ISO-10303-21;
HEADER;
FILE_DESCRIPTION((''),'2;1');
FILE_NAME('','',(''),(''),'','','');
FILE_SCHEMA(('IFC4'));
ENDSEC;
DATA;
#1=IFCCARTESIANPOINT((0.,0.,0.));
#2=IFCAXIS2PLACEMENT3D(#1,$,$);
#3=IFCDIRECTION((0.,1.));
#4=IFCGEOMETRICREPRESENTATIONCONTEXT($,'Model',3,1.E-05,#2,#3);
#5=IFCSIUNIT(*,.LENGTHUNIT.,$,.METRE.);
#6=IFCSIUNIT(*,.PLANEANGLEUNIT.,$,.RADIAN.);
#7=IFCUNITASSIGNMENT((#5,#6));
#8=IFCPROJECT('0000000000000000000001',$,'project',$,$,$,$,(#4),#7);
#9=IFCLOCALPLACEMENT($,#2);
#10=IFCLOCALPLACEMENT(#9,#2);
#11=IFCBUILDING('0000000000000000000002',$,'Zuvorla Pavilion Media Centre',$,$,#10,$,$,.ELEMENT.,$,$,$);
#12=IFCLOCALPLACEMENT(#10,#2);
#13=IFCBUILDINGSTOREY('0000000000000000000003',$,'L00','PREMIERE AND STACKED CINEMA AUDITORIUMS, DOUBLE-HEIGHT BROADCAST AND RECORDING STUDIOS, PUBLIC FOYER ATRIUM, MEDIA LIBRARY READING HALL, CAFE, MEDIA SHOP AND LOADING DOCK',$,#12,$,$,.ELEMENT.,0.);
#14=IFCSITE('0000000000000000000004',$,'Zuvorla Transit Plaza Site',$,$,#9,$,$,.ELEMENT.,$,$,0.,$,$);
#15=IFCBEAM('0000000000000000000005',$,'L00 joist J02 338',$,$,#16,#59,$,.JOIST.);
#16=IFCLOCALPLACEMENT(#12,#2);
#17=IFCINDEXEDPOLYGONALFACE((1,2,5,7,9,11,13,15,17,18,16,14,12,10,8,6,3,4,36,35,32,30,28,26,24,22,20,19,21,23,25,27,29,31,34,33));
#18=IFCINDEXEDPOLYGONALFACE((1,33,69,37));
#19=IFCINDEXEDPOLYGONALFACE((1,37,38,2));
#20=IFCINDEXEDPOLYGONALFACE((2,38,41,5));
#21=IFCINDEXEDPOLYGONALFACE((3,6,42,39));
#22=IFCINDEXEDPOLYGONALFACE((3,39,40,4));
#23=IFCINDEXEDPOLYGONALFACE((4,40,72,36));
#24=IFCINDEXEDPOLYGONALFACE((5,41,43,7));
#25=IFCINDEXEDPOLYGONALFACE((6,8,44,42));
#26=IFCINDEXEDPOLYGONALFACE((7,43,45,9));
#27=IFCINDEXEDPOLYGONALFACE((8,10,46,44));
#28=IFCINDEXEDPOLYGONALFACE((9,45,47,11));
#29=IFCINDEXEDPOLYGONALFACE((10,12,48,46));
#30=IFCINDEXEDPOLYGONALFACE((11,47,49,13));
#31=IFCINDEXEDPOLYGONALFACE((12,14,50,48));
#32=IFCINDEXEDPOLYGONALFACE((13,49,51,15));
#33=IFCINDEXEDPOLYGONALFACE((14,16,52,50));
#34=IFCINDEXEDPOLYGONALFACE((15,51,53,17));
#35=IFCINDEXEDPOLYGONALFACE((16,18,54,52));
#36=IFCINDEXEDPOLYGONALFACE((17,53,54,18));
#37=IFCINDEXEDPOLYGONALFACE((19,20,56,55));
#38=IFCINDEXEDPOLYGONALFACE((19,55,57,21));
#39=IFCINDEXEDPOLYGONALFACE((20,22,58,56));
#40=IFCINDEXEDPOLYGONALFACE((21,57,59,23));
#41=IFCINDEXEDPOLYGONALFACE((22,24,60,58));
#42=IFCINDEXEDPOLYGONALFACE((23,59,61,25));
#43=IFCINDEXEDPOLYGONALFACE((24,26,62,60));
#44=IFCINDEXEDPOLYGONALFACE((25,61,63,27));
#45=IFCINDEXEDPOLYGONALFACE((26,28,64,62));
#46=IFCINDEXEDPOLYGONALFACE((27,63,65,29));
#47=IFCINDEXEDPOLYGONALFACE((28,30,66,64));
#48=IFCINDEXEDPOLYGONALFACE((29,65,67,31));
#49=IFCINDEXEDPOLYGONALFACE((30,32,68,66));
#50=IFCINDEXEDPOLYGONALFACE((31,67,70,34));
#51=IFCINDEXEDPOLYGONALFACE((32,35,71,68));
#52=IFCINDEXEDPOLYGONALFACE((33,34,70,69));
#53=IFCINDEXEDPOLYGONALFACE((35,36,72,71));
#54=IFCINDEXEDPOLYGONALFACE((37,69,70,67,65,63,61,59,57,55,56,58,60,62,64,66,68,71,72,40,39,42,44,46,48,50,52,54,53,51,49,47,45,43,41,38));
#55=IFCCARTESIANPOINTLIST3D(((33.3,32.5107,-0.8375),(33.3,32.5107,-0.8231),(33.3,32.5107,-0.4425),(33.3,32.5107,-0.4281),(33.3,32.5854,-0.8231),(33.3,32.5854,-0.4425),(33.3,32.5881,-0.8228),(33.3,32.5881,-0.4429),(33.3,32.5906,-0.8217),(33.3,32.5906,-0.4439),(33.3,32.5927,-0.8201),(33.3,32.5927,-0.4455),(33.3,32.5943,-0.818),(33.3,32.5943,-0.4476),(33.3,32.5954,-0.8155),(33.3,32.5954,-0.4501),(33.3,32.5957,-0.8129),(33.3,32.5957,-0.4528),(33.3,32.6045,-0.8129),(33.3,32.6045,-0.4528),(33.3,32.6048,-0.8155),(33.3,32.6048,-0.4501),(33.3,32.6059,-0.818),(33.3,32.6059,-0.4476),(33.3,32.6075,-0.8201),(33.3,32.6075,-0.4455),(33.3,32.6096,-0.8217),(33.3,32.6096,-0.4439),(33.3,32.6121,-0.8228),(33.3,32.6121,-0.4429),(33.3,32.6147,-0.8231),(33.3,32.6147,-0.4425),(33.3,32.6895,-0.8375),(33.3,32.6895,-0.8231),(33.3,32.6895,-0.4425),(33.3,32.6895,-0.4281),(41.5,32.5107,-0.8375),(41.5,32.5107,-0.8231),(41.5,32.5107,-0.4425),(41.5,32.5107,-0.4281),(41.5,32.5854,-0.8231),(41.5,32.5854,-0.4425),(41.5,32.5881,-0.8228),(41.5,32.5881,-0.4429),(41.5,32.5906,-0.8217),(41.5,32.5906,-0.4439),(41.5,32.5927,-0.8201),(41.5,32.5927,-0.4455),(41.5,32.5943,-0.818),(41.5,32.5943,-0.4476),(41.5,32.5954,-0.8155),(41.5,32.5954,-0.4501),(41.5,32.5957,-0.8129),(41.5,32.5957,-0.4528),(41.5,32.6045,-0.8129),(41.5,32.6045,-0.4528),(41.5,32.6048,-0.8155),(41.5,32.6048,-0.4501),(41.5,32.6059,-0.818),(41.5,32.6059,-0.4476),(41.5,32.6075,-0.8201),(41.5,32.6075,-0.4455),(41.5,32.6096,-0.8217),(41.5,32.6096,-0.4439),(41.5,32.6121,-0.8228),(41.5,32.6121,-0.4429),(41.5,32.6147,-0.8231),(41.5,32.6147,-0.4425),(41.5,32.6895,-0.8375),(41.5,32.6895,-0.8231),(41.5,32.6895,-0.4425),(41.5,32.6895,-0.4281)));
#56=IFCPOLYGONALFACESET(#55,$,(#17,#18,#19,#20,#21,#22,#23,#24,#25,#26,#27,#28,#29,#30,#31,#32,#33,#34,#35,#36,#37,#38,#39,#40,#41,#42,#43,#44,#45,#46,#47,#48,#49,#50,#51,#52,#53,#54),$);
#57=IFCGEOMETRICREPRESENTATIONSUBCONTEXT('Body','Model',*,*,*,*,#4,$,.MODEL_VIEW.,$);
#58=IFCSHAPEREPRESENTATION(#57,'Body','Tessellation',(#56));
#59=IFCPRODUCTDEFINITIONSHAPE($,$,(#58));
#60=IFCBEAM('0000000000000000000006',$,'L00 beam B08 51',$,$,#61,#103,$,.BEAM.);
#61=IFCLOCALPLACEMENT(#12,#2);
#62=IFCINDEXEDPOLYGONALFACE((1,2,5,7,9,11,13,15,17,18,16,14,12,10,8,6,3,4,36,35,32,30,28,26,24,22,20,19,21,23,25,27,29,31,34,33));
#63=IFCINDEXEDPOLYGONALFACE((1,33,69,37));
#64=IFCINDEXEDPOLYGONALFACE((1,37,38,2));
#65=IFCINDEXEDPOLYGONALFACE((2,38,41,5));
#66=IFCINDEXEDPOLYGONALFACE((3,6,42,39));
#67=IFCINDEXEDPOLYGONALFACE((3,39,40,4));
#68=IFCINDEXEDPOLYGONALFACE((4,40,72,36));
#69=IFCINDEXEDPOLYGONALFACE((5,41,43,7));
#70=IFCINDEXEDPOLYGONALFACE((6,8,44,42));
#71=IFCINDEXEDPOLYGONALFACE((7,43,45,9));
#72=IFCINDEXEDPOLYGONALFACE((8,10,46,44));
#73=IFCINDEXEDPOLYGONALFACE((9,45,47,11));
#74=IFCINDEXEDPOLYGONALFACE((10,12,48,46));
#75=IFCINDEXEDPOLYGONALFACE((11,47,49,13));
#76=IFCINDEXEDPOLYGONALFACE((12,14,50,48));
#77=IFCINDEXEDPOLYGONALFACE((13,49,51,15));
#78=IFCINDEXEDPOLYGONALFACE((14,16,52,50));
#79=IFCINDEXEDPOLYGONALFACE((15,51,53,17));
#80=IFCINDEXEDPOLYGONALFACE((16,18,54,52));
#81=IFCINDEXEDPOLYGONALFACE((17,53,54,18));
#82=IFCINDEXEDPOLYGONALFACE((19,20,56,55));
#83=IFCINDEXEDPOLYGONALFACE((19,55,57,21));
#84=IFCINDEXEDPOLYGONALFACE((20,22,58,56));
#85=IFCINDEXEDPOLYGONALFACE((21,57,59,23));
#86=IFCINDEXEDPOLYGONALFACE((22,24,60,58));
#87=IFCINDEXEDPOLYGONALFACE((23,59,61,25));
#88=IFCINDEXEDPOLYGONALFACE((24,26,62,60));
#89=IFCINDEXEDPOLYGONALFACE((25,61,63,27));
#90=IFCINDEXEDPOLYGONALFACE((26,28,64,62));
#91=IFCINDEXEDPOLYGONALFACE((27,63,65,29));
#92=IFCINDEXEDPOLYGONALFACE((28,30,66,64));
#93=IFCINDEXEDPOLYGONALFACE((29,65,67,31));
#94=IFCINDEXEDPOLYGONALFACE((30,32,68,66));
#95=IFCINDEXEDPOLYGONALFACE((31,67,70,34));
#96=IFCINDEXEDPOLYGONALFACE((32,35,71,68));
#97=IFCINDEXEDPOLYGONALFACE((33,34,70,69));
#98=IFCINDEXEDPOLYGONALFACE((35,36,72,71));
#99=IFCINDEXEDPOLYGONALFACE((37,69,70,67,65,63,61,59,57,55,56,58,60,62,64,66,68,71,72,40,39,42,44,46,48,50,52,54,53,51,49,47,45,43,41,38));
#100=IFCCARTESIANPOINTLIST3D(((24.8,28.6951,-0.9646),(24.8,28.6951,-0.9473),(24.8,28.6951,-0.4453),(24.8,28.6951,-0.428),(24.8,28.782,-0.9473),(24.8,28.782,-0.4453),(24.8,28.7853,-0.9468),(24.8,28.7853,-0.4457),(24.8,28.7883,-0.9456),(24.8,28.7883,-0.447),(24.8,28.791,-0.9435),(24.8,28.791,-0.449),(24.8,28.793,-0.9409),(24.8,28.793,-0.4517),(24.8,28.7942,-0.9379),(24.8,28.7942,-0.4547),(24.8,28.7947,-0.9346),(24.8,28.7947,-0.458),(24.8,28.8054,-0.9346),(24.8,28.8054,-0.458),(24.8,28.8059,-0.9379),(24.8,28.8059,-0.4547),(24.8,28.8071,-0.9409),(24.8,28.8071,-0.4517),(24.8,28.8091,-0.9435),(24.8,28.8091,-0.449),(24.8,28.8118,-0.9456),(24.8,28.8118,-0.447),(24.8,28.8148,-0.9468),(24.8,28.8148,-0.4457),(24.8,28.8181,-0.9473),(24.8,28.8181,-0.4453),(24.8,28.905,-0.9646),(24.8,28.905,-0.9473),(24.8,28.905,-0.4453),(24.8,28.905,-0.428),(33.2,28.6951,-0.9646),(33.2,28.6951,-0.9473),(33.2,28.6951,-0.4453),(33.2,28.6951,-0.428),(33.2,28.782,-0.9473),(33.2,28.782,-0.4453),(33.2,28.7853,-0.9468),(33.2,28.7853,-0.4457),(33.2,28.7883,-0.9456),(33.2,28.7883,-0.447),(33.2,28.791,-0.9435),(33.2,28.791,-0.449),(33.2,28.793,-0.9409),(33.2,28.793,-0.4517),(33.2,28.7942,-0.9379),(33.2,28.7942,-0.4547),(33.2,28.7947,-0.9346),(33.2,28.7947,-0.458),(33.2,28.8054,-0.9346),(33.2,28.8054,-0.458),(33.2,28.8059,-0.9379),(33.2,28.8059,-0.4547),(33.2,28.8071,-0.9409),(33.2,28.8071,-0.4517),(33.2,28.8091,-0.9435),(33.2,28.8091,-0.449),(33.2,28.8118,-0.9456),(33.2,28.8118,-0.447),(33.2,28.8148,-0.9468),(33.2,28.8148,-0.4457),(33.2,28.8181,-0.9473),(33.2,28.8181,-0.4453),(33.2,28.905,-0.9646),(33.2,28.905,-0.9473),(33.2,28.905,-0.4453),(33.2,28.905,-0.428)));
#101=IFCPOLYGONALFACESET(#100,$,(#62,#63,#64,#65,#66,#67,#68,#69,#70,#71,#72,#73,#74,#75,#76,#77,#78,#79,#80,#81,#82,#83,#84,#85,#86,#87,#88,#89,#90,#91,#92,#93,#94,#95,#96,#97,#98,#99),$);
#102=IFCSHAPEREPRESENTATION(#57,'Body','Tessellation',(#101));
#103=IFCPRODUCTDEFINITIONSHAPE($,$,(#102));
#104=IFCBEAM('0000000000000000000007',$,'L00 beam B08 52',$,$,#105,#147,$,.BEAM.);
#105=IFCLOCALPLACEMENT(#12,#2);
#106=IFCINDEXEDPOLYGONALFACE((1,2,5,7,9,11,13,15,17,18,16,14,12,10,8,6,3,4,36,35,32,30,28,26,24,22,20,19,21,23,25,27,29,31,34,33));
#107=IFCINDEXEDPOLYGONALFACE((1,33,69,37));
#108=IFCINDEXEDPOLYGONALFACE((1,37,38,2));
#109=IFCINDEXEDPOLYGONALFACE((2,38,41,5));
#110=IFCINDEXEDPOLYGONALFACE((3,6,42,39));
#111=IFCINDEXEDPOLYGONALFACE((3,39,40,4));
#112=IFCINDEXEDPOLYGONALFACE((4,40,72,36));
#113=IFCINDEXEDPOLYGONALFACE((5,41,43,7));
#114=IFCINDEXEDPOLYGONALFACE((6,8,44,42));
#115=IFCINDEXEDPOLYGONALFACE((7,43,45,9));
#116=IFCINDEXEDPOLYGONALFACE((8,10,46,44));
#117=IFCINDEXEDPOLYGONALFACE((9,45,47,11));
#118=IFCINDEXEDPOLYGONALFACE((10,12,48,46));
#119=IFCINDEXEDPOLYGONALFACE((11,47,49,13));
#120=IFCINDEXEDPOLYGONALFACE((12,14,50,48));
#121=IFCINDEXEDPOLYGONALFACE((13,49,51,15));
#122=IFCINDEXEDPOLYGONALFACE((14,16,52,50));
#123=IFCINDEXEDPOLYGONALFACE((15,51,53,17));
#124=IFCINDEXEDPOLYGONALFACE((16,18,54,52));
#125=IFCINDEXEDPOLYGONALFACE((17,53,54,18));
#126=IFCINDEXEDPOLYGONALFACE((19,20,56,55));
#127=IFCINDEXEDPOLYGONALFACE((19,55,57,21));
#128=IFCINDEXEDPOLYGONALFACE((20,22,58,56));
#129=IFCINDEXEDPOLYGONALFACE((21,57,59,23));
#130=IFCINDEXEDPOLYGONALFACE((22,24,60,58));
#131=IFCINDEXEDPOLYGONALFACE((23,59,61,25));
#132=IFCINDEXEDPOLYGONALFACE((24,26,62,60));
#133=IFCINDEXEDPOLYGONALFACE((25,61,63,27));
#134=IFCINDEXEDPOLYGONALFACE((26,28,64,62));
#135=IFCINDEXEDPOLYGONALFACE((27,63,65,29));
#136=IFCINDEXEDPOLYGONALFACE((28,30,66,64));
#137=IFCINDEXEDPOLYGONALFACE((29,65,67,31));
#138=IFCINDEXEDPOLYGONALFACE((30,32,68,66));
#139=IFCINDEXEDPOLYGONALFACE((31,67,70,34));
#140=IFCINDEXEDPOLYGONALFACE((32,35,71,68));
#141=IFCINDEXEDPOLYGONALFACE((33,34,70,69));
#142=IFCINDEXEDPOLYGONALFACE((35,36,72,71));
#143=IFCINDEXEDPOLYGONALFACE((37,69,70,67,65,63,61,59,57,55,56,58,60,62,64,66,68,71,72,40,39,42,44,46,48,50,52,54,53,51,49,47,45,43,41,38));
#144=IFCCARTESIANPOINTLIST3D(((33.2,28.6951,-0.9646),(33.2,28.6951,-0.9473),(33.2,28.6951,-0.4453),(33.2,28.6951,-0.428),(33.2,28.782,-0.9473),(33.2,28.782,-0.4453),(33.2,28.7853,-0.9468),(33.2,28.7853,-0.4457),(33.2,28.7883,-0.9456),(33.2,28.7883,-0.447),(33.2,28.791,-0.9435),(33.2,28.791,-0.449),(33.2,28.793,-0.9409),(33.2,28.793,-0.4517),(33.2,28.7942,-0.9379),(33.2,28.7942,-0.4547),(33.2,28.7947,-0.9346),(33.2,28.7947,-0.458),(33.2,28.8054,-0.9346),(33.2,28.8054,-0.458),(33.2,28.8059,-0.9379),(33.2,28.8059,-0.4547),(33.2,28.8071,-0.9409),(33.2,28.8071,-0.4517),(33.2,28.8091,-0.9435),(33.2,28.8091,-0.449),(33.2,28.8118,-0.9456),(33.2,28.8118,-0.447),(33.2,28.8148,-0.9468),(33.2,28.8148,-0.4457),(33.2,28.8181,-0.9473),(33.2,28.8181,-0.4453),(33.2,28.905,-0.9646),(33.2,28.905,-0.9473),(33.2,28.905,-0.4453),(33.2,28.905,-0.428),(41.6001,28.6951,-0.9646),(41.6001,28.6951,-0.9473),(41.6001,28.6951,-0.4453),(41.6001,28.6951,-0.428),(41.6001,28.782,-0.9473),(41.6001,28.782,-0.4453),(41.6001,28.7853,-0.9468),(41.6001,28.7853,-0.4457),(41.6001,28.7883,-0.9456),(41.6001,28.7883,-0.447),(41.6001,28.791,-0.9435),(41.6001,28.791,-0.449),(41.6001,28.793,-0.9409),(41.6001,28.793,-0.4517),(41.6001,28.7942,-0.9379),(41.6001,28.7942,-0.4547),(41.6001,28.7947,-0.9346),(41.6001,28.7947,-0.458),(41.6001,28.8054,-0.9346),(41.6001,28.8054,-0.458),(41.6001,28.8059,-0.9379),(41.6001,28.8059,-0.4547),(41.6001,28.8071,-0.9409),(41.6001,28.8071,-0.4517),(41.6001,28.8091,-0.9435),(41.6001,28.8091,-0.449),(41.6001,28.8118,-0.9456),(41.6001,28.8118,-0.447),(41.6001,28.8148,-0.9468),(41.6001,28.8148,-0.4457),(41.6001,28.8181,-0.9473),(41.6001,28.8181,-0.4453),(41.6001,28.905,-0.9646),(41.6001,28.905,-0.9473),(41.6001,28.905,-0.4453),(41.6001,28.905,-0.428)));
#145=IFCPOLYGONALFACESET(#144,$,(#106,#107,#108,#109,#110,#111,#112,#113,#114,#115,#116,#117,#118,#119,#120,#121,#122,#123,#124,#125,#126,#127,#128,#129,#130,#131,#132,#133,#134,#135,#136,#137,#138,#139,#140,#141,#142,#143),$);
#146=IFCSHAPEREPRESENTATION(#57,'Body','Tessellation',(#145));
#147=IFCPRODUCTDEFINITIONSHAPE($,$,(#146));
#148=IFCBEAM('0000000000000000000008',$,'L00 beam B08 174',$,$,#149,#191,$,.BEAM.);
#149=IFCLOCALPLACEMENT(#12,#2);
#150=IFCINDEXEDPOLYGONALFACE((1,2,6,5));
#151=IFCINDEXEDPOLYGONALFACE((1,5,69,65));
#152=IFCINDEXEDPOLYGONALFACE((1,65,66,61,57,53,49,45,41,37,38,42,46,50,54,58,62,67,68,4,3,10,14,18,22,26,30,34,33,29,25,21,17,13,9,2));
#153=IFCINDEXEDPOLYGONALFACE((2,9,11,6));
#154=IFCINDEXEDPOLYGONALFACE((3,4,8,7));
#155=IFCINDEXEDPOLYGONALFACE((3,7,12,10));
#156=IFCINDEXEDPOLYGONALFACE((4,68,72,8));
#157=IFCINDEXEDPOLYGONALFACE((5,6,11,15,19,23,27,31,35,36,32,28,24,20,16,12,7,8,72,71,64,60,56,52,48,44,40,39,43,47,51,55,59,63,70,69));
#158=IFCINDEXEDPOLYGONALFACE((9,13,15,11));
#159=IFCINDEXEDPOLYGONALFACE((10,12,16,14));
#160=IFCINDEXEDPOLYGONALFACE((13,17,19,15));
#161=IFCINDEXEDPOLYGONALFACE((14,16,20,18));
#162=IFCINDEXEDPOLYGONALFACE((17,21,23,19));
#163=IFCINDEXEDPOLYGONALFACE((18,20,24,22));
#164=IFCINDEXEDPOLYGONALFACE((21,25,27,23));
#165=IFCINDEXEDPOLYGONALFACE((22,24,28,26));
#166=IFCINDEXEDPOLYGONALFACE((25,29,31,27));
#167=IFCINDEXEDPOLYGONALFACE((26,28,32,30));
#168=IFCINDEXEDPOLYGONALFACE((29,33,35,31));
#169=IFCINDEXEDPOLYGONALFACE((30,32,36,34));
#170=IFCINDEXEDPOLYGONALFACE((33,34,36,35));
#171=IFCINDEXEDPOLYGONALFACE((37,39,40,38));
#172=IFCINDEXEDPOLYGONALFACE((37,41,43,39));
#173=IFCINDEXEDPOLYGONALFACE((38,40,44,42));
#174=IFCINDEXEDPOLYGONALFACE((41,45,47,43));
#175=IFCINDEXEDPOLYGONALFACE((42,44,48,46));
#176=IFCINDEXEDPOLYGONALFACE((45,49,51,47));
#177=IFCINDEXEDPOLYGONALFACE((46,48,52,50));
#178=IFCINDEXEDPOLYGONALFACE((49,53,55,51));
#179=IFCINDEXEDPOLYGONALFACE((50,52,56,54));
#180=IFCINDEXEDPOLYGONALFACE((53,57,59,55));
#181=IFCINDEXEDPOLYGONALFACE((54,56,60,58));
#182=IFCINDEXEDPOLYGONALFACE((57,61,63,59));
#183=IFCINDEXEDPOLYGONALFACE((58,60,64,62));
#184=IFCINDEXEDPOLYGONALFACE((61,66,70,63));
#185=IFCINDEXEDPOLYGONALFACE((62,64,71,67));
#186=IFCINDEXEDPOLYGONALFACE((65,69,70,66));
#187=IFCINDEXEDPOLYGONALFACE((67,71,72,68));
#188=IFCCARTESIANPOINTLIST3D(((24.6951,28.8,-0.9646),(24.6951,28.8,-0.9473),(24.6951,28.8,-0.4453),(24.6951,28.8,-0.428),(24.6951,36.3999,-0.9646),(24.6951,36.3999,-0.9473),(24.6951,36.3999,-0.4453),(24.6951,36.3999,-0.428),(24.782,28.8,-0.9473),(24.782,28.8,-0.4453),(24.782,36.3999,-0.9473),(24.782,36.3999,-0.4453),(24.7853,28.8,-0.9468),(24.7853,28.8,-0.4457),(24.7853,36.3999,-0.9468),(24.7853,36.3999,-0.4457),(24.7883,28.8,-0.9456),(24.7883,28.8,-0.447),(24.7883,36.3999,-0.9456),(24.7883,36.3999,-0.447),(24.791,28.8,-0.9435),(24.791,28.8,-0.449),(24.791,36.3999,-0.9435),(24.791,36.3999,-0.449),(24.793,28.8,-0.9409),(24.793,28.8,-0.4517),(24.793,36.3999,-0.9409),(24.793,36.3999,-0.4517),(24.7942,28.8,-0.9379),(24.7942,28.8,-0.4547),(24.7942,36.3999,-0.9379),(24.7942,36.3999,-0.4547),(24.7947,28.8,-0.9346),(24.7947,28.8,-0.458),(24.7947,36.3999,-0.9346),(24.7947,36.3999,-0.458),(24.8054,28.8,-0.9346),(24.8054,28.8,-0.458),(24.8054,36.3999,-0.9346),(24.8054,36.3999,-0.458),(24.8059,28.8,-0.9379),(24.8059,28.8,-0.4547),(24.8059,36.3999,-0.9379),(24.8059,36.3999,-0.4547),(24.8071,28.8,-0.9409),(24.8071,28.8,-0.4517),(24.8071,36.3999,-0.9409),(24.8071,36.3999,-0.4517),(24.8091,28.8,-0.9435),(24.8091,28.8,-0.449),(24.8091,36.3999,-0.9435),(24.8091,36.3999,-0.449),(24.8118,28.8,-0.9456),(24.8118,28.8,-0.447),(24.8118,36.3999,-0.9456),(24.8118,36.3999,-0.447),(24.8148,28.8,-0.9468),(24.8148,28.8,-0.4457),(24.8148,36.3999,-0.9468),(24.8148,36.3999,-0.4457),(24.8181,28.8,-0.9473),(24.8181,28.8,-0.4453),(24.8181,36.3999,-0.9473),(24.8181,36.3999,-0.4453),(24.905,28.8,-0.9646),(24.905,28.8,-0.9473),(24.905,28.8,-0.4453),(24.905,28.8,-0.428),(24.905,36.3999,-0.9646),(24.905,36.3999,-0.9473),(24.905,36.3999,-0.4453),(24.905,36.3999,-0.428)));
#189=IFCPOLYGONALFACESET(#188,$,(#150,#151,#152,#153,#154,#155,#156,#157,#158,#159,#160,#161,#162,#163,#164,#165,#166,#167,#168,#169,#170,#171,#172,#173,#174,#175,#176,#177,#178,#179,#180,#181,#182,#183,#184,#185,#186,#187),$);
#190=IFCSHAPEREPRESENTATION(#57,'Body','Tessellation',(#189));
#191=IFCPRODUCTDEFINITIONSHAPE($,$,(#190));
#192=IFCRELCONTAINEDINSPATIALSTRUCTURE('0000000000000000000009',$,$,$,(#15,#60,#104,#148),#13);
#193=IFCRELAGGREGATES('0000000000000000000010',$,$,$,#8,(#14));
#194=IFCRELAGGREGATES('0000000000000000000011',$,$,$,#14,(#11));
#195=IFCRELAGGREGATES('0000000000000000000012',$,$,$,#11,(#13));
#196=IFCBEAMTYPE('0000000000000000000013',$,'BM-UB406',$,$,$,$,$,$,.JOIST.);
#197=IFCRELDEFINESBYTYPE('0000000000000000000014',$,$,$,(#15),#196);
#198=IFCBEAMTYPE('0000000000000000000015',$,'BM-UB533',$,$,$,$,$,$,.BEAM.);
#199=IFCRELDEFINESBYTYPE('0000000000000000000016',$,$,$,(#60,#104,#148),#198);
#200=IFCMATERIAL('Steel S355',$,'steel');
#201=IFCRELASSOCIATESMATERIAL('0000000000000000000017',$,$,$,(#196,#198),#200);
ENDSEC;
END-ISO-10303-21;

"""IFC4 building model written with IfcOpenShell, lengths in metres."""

from ifc_helpers import new_model, si_unit, direction, frame, origin, origin_2d, place, context, subcontext, project, spatial, i_section, extrude, material, material_profile, profile_set, type_object, element, save


model = new_model("IFC4")

# Units and contexts
model_context = context("Model", 3, precision=1e-05, world=origin(), true_north=direction((0.0, 1.0)))
body_context = subcontext(model_context, "Body", "Model", "MODEL_VIEW")
ifc_project = project(units=[si_unit("LENGTHUNIT", "METRE"), si_unit("PLANEANGLEUNIT", "RADIAN")], contexts=[model_context])

# Site, building, storey
site_placement = place(None, origin())
site = spatial("IfcSite", under=ifc_project, at=site_placement, Name="Zuvorla Transit Plaza Site", CompositionType="ELEMENT", RefElevation=0.0)
building_placement = place(site_placement, origin())
building = spatial("IfcBuilding", under=site, at=building_placement, Name="Zuvorla Pavilion Media Centre", CompositionType="ELEMENT")
storey_placement = place(building_placement, origin())
storey = spatial("IfcBuildingStorey", under=building, at=storey_placement, Name="L00", Description="PREMIERE AND STACKED CINEMA AUDITORIUMS, DOUBLE-HEIGHT BROADCAST AND RECORDING STUDIOS, PUBLIC FOYER ATRIUM, MEDIA LIBRARY READING HALL, CAFE, MEDIA SHOP AND LOADING DOCK", CompositionType="ELEMENT", Elevation=0.0)

# Beams
ifc_material_1 = material(Name="Steel S355", Category="steel")
ifc_material_profile_1 = material_profile(ifc_material_1, i_section(OverallWidth=0.1787, OverallDepth=0.4094, WebThickness=0.0088, FlangeThickness=0.0144, FilletRadius=0.0103, at=origin_2d()), Name="UB 406x178x67")
ifc_profile_set_1 = profile_set([ifc_material_profile_1], Name="Steel S355")
beam_type_1 = type_object("IfcBeamType", Name="BM-UB406", PredefinedType="JOIST", material=ifc_profile_set_1)
for number, where, z_axis, x_axis, name in (
    (1, (33.3, 32.6001, -0.6328), (1.0, 0.0, 0.0), (0.0, 1.0, 0.0), "L00 joist J02 338"),
):
    element("IfcBeam", number, at=place(storey_placement, frame(where, z_axis=z_axis, x_axis=x_axis)), inside=storey, type_object=beam_type_1, Name=name, PredefinedType="JOIST", context=body_context, shape_type="SweptSolid", body=[
        extrude(i_section(OverallWidth=0.1787, OverallDepth=0.4094, WebThickness=0.0088, FlangeThickness=0.0144, FilletRadius=0.0103, at=origin_2d()), origin(), (0.0, 0.0, 1.0), 8.2),
    ])
ifc_material_profile_2 = material_profile(ifc_material_1, i_section(OverallWidth=0.21, OverallDepth=0.5366, WebThickness=0.0107, FlangeThickness=0.0173, FilletRadius=0.0127, at=origin_2d()), Name="UB 533x210x101")
ifc_profile_set_2 = profile_set([ifc_material_profile_2], Name="Steel S355")
beam_type_2 = type_object("IfcBeamType", Name="BM-UB533", PredefinedType="BEAM", material=ifc_profile_set_2)
beam_1_placement = place(storey_placement, frame((24.8, 28.8, -0.6963), z_axis=(1.0, 0.0, 0.0), x_axis=(0.0, 1.0, 0.0)))
element("IfcBeam", 2, at=beam_1_placement, inside=storey, type_object=beam_type_2, Name="L00 beam B08 51", PredefinedType="BEAM", context=body_context, shape_type="SweptSolid", body=[
    extrude(i_section(OverallWidth=0.21, OverallDepth=0.5366, WebThickness=0.0107, FlangeThickness=0.0173, FilletRadius=0.0127, at=origin_2d()), origin(), (0.0, 0.0, 1.0), 8.3999),
])
beam_2_placement = place(storey_placement, frame((33.2, 28.8, -0.6963), z_axis=(1.0, 0.0, 0.0), x_axis=(0.0, 1.0, 0.0)))
element("IfcBeam", 3, at=beam_2_placement, inside=storey, type_object=beam_type_2, Name="L00 beam B08 52", PredefinedType="BEAM", context=body_context, shape_type="SweptSolid", body=[
    extrude(i_section(OverallWidth=0.21, OverallDepth=0.5366, WebThickness=0.0107, FlangeThickness=0.0173, FilletRadius=0.0127, at=origin_2d()), origin(), (0.0, 0.0, 1.0), 8.4001),
])
for number, where, z_axis, x_axis, name in (
    (4, (24.8, 28.8, -0.6963), (0.0, 1.0, 0.0), (-1.0, 0.0, 0.0), "L00 beam B08 174"),
):
    element("IfcBeam", number, at=place(storey_placement, frame(where, z_axis=z_axis, x_axis=x_axis)), inside=storey, type_object=beam_type_2, Name=name, PredefinedType="BEAM", context=body_context, shape_type="SweptSolid", body=[
        extrude(i_section(OverallWidth=0.21, OverallDepth=0.5366, WebThickness=0.0107, FlangeThickness=0.0173, FilletRadius=0.0127, at=origin_2d()), origin(), (0.0, 0.0, 1.0), 7.5999),
    ])

save(model, "model.ifc")
